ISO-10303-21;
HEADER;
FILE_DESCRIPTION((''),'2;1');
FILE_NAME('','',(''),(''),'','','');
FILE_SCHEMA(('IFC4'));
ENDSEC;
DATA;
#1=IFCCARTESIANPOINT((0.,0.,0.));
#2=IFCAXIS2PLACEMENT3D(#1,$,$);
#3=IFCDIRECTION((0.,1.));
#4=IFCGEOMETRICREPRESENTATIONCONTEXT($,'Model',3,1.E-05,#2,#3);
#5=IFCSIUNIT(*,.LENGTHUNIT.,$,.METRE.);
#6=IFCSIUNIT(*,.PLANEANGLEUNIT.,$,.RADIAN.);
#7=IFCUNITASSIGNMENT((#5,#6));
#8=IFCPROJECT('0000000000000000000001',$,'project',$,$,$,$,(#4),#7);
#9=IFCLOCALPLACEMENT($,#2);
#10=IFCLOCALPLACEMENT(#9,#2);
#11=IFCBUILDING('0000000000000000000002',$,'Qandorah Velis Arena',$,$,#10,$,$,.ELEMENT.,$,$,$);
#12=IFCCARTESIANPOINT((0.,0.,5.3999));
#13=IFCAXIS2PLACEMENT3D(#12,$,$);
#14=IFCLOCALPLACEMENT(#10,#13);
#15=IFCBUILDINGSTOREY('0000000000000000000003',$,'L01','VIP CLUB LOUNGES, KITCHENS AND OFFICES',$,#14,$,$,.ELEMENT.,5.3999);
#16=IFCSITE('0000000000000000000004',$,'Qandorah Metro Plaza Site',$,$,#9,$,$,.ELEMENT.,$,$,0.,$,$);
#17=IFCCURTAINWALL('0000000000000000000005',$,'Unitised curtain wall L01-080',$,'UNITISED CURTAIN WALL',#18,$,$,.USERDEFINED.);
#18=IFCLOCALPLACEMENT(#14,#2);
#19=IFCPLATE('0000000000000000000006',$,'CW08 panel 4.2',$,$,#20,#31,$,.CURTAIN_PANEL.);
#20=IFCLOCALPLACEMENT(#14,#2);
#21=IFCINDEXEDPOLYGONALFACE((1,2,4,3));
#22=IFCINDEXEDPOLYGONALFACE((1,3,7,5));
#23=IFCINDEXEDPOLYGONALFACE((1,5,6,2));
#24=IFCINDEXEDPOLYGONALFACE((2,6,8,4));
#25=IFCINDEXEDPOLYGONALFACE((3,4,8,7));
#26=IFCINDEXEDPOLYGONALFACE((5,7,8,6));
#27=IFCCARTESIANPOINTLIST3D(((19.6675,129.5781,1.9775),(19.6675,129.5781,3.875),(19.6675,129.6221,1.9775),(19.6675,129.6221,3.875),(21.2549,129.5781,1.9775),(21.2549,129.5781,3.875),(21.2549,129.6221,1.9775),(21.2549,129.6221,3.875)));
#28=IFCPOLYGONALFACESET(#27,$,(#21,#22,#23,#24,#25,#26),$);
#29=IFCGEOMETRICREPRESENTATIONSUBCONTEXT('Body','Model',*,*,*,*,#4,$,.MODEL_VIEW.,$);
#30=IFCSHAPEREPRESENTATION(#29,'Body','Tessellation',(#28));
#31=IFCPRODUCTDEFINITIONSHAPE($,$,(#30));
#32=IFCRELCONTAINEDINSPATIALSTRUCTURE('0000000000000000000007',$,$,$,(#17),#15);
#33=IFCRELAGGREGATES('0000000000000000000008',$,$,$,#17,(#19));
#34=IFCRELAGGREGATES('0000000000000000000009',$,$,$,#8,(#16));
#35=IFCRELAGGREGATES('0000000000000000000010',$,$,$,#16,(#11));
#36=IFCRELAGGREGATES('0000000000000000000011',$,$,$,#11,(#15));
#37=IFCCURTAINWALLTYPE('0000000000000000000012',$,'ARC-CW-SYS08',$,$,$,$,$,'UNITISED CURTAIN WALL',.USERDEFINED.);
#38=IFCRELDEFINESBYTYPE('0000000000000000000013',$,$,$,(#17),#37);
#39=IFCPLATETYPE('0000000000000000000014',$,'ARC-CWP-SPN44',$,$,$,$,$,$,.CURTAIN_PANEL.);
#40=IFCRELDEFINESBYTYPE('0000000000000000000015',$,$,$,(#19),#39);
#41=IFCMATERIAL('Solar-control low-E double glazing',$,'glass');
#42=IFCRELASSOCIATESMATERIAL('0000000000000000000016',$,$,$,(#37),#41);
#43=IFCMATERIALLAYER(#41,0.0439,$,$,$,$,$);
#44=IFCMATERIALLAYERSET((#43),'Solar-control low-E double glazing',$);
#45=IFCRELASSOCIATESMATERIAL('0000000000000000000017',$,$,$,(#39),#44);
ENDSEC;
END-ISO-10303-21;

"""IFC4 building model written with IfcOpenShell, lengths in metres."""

from ifc_helpers import new_model, si_unit, direction, frame, origin, origin_2d, place, context, subcontext, project, spatial, rectangle, extrude, material, layer, layer_set, type_object, element, aggregate, save


model = new_model("IFC4")

# Units and contexts
model_context = context("Model", 3, precision=1e-05, world=origin(), true_north=direction((0.0, 1.0)))
body_context = subcontext(model_context, "Body", "Model", "MODEL_VIEW")
ifc_project = project(units=[si_unit("LENGTHUNIT", "METRE"), si_unit("PLANEANGLEUNIT", "RADIAN")], contexts=[model_context])

# Site, building, storey
site_placement = place(None, origin())
site = spatial("IfcSite", under=ifc_project, at=site_placement, Name="Qandorah Metro Plaza Site", CompositionType="ELEMENT", RefElevation=0.0)
building_placement = place(site_placement, origin())
building = spatial("IfcBuilding", under=site, at=building_placement, Name="Qandorah Velis Arena", CompositionType="ELEMENT")
storey_placement = place(building_placement, frame((0.0, 0.0, 5.3999)))
storey = spatial("IfcBuildingStorey", under=building, at=storey_placement, Name="L01", Description="VIP CLUB LOUNGES, KITCHENS AND OFFICES", CompositionType="ELEMENT", Elevation=5.3999)

# Curtain wall
ifc_material_1 = material(Name="Solar-control low-E double glazing", Category="glass")
curtain_wall_type = type_object("IfcCurtainWallType", Name="ARC-CW-SYS08", ElementType="UNITISED CURTAIN WALL", PredefinedType="USERDEFINED", material=ifc_material_1)
curtain_wall_placement = place(storey_placement, origin())
curtain_wall = element("IfcCurtainWall", 1, at=curtain_wall_placement, inside=storey, type_object=curtain_wall_type, Name="Unitised curtain wall L01-080", ObjectType="UNITISED CURTAIN WALL", PredefinedType="USERDEFINED")

# Plate
ifc_layer = layer(ifc_material_1, 0.0439)
ifc_layer_set = layer_set([ifc_layer], Name="Solar-control low-E double glazing")
plate_type = type_object("IfcPlateType", Name="ARC-CWP-SPN44", PredefinedType="CURTAIN_PANEL", material=ifc_layer_set)
plate_1_placement = place(storey_placement, frame((20.4612, 129.6001, 1.9775), z_axis=(0.0, 0.0, 1.0), x_axis=(1.0, 0.0, 0.0)))
plate_1 = element("IfcPlate", 2, at=plate_1_placement, type_object=plate_type, Name="CW08 panel 4.2", PredefinedType="CURTAIN_PANEL", context=body_context, shape_type="SweptSolid", body=[
    extrude(rectangle(XDim=1.5874, YDim=0.0439, at=origin_2d()), origin(), (0.0, 0.0, 1.0), 1.8975),
])
aggregate(curtain_wall, [plate_1])

save(model, "model.ifc")
